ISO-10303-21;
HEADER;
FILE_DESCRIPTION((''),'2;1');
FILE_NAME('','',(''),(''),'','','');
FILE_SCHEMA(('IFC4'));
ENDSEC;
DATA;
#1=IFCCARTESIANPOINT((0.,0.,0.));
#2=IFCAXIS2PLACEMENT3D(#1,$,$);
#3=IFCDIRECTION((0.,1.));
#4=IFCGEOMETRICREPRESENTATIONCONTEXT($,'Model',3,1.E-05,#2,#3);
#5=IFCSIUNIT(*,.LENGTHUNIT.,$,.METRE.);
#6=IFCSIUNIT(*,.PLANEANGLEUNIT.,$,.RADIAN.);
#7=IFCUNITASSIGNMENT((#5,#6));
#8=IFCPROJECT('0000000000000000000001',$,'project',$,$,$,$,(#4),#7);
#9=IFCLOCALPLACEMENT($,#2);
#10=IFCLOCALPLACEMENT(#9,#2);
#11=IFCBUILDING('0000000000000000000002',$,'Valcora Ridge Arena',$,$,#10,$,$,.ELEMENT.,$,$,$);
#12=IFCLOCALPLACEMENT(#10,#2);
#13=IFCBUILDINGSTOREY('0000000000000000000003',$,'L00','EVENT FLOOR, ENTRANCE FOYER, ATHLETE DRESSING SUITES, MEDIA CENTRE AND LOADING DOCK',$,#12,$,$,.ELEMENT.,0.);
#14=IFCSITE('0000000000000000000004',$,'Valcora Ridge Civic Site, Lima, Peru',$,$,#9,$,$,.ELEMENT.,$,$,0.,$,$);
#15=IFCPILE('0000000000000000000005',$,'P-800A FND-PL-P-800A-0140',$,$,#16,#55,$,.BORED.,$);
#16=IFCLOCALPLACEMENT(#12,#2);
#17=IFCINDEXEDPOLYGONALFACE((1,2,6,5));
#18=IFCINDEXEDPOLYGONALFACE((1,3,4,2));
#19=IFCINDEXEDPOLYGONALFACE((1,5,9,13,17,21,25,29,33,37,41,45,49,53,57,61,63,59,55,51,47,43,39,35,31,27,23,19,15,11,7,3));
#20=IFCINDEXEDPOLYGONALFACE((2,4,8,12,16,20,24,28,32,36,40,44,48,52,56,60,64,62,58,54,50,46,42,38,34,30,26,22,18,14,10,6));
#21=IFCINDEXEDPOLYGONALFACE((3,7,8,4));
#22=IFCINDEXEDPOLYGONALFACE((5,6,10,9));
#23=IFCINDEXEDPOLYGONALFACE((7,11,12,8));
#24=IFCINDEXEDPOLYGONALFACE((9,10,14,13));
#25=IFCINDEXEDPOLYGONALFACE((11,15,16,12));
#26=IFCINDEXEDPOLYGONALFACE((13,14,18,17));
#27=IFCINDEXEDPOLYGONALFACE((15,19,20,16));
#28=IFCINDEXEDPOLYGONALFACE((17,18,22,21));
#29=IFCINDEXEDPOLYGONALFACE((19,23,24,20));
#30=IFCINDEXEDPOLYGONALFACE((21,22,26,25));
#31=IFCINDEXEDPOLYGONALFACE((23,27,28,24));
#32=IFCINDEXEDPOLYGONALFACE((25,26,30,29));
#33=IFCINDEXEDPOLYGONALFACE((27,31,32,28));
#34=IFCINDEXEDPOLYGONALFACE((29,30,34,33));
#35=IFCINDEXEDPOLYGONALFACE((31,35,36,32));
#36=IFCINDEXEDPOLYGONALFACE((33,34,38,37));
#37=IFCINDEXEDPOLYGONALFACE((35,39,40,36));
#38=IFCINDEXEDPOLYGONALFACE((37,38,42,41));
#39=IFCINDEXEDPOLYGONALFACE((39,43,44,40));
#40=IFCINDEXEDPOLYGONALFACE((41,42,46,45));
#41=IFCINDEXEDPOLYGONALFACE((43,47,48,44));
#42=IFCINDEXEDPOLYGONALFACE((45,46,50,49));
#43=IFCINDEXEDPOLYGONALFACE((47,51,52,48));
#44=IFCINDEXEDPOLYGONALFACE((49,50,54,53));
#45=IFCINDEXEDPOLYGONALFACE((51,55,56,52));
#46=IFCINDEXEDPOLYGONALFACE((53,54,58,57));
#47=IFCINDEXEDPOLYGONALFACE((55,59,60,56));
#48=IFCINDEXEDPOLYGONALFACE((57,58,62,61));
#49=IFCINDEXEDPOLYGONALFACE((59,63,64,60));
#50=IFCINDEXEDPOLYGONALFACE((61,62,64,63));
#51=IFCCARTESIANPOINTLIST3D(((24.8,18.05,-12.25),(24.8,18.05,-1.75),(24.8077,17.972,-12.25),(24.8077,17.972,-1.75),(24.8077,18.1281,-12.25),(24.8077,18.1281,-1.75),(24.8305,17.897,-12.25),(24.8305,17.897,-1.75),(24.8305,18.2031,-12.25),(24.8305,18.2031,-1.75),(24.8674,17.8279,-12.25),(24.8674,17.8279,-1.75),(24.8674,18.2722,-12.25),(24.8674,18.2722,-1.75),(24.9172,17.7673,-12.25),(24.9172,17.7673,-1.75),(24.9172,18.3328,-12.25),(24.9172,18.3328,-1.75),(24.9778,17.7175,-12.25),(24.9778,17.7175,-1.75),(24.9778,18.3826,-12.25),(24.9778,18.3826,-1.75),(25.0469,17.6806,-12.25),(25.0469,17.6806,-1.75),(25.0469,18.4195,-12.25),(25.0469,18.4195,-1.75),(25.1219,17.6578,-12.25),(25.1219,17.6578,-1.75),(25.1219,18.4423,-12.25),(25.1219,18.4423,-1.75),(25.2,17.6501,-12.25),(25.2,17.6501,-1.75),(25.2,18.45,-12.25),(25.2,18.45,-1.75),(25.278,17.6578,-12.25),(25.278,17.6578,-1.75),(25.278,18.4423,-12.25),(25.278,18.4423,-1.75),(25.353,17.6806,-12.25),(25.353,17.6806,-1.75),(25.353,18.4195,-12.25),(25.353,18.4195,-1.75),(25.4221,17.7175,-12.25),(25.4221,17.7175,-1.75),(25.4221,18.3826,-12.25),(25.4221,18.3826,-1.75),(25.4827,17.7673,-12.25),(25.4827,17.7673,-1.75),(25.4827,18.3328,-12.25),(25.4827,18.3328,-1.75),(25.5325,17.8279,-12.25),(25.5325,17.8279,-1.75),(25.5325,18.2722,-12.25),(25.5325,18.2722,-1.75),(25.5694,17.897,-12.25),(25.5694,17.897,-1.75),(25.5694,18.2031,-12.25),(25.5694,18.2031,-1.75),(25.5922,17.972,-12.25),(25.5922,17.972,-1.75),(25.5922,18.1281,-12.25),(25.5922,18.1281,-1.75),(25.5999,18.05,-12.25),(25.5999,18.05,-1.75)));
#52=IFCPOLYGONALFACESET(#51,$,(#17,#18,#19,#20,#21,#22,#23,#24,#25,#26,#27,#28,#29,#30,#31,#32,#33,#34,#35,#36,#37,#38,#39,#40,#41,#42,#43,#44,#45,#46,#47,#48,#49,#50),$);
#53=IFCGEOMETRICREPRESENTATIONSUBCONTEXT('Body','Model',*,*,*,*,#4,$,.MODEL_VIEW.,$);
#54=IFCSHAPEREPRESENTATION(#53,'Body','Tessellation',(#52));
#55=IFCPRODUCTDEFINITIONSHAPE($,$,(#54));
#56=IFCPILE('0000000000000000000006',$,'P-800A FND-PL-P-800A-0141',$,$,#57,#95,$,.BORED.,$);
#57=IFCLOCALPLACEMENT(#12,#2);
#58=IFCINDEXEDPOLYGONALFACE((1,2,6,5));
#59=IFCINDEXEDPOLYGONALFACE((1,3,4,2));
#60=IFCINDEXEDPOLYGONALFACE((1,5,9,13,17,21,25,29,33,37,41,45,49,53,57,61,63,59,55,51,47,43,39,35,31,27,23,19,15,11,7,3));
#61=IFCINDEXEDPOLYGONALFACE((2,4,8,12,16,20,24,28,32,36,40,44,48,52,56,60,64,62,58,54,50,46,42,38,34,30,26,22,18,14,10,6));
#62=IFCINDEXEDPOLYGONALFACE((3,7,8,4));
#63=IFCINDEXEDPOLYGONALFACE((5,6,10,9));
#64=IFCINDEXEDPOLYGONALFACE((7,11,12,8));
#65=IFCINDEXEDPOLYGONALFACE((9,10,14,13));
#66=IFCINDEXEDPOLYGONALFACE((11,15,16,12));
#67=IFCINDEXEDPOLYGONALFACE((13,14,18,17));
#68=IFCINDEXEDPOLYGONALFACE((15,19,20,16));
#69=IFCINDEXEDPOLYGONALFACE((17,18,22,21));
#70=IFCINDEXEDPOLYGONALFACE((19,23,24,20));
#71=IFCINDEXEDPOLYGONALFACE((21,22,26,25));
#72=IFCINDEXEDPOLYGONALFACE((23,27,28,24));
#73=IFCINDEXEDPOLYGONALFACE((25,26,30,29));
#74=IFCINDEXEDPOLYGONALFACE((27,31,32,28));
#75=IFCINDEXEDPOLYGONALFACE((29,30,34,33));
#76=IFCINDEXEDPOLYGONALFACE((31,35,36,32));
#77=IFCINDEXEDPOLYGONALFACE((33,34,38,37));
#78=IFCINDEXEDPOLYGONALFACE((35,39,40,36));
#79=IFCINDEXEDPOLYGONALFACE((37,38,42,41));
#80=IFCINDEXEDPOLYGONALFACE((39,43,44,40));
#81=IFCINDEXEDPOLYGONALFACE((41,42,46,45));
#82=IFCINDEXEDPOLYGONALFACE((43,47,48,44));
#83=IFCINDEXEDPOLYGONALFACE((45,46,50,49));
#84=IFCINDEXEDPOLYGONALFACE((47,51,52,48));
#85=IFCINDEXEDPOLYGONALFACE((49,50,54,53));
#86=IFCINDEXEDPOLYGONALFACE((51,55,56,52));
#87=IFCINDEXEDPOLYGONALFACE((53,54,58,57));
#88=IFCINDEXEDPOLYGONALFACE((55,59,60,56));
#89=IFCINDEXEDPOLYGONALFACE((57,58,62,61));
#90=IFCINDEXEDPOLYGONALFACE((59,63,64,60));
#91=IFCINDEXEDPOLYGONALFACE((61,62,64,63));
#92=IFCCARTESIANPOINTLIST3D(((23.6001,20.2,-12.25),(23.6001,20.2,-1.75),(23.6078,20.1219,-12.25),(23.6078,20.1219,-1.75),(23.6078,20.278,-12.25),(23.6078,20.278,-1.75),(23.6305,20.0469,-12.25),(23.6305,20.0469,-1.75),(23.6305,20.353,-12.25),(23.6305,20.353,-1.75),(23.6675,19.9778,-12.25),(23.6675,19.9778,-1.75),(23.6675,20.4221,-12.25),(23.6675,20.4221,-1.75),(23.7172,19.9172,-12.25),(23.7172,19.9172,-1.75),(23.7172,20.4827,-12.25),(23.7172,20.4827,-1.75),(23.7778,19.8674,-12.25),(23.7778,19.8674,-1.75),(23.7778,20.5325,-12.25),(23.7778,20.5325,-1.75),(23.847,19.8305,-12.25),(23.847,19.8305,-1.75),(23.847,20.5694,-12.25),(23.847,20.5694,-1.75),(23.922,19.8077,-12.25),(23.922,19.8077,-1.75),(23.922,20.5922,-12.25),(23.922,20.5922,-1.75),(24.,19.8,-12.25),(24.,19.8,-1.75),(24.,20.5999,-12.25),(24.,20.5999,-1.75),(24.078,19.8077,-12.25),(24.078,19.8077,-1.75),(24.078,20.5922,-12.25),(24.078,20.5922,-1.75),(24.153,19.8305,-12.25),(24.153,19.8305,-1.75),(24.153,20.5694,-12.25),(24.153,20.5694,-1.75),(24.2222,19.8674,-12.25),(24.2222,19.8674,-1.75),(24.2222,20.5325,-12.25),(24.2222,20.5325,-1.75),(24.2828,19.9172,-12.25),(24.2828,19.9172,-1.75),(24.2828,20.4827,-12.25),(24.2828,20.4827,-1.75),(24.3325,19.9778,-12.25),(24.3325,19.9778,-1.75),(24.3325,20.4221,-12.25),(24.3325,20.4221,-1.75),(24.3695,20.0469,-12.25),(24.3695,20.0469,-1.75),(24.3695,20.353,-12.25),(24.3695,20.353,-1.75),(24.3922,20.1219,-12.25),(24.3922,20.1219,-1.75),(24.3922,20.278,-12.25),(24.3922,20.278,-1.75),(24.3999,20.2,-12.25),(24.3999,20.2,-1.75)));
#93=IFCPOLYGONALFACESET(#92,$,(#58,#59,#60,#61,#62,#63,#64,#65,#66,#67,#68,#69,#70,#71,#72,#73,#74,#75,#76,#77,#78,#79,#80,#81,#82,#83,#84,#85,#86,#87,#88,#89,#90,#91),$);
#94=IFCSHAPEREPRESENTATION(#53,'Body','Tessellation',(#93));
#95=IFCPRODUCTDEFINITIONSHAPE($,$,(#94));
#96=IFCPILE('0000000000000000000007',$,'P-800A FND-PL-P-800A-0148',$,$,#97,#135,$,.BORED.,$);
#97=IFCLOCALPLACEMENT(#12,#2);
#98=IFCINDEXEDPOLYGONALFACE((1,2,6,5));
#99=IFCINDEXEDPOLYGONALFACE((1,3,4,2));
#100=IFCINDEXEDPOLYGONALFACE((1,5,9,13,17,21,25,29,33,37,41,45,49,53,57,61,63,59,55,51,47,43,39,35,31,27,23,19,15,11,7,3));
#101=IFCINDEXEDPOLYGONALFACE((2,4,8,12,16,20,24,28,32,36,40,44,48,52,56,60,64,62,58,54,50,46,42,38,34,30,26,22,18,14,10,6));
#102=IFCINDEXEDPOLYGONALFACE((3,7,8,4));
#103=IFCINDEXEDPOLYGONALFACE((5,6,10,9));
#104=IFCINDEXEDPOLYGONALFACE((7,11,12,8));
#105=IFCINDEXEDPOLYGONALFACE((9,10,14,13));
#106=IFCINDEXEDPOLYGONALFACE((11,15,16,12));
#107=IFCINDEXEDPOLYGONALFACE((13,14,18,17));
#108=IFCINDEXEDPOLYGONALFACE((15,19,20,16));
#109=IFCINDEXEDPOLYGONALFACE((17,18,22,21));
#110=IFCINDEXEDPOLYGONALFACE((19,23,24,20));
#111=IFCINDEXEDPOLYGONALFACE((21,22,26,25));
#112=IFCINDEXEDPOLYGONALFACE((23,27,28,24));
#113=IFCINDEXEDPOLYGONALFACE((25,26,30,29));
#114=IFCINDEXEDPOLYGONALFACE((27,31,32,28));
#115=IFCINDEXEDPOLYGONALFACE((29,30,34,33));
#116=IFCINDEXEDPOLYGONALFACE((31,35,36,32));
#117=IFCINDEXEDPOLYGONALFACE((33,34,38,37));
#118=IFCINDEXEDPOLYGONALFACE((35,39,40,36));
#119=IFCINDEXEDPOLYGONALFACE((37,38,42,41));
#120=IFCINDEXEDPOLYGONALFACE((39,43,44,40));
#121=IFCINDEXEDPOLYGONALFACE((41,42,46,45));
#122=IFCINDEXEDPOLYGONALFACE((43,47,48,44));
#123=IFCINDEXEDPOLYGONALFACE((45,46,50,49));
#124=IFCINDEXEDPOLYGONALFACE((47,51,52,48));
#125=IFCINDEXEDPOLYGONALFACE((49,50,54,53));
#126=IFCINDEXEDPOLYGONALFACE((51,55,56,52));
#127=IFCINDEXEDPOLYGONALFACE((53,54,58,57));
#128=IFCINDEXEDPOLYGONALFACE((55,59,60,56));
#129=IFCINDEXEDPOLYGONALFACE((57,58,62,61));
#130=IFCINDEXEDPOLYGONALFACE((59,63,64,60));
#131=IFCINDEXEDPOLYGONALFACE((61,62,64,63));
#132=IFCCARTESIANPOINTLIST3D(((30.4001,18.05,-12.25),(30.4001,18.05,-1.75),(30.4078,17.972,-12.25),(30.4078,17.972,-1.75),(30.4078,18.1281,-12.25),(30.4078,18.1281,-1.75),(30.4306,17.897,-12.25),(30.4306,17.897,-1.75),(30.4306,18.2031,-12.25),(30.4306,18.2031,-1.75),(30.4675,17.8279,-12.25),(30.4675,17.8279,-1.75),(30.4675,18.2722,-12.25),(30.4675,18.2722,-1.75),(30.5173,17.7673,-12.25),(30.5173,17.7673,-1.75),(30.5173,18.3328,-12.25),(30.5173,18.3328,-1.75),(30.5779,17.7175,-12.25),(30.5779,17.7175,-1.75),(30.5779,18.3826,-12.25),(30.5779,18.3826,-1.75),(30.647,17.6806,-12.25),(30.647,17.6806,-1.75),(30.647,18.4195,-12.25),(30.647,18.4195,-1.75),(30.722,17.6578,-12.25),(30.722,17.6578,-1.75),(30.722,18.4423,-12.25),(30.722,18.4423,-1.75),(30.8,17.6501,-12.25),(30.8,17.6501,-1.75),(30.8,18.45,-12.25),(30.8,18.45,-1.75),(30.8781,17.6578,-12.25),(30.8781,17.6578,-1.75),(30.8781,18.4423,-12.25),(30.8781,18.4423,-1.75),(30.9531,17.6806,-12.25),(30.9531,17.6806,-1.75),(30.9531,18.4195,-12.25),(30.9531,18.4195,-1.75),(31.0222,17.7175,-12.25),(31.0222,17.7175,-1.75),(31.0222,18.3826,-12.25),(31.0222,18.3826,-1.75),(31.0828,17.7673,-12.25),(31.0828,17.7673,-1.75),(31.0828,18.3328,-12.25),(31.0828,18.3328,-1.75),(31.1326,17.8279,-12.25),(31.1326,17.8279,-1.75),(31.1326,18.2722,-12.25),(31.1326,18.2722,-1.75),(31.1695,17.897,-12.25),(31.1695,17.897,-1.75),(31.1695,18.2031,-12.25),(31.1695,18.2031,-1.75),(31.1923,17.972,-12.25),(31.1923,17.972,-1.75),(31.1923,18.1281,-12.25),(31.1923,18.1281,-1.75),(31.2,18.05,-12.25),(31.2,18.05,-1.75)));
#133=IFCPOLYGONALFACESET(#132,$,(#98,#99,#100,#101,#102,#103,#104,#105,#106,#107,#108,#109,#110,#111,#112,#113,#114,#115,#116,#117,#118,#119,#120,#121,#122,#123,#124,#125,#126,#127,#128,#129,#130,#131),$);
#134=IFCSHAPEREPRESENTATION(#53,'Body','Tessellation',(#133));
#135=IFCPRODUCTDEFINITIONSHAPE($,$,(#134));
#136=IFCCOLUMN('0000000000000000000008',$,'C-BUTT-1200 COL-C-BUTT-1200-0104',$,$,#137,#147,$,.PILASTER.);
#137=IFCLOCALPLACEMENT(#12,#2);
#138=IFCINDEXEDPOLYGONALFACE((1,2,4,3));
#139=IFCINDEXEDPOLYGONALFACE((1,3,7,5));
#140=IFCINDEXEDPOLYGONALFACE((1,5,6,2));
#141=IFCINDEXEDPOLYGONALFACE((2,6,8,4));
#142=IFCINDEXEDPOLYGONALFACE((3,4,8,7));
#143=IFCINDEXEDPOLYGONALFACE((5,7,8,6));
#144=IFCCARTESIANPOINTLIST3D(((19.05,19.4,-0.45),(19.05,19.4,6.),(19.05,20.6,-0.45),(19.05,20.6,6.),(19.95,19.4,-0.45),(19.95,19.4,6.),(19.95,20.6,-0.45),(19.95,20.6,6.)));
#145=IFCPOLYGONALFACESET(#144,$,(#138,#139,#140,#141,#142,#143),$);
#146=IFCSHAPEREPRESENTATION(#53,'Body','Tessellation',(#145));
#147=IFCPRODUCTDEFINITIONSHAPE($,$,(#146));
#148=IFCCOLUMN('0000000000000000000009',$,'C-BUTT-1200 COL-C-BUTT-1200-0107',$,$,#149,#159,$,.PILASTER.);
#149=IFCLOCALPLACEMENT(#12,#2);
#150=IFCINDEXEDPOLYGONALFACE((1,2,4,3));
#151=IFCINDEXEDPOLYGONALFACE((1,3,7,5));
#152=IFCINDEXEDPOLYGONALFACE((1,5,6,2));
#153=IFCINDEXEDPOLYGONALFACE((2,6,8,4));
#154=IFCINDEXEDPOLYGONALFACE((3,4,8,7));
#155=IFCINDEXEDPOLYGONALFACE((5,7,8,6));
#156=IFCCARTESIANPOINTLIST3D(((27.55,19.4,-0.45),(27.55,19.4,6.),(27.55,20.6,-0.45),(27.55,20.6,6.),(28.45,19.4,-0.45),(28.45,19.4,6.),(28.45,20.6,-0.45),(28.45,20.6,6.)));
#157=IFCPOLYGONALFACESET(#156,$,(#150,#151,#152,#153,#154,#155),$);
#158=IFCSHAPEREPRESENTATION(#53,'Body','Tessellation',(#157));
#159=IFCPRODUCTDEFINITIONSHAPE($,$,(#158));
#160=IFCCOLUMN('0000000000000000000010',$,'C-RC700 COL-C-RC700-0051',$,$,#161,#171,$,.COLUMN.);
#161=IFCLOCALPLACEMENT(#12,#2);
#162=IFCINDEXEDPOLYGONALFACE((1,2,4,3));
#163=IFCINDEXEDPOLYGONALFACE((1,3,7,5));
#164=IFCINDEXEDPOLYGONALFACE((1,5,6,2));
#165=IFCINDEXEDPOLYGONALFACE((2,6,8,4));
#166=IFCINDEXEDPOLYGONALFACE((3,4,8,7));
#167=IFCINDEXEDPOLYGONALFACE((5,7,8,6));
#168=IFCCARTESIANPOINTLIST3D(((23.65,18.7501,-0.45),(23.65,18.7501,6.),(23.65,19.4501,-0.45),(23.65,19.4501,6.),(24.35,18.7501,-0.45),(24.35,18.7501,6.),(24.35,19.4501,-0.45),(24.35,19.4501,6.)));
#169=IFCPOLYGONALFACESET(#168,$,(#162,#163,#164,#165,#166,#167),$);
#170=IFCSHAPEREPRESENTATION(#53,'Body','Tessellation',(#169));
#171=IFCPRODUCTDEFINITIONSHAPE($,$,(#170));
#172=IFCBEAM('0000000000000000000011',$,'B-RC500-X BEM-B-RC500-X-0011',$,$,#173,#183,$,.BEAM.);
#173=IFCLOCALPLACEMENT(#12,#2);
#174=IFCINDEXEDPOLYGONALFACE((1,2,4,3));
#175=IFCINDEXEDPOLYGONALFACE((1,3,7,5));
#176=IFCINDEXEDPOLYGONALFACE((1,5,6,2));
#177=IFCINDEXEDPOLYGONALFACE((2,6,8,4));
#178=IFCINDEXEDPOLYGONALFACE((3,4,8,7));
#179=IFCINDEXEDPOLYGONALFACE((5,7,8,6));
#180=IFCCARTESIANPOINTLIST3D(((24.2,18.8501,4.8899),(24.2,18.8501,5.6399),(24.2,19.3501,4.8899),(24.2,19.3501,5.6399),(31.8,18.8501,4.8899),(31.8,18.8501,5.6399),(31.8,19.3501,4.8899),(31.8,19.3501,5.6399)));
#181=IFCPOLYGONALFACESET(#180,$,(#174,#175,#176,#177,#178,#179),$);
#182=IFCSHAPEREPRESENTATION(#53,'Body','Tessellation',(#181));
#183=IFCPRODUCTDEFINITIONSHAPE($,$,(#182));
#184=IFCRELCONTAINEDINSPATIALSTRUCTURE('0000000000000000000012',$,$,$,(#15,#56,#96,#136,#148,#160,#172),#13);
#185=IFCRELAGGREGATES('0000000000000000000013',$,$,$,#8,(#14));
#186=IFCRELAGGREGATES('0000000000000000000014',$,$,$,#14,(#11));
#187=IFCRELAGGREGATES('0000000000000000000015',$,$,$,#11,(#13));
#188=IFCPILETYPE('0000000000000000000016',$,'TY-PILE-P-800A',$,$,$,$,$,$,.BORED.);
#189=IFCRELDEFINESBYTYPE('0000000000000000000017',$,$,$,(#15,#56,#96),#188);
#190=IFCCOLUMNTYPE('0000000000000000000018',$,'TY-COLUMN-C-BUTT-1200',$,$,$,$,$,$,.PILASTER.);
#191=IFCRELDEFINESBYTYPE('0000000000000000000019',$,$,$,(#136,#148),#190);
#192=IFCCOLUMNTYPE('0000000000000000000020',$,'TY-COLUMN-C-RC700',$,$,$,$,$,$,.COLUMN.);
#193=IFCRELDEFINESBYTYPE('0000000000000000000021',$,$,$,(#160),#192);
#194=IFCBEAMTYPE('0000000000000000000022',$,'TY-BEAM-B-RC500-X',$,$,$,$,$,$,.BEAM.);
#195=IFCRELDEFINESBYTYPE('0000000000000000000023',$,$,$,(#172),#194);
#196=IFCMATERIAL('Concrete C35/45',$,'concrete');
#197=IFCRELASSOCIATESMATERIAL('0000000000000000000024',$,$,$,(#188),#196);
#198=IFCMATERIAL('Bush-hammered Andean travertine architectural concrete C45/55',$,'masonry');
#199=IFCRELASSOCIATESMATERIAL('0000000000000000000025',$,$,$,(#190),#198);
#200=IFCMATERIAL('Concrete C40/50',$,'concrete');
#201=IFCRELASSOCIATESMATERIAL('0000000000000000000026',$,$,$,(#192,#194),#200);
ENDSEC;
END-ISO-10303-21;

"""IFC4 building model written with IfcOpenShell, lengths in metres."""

from ifc_helpers import new_model, si_unit, direction, frame, origin, origin_2d, place, context, subcontext, project, spatial, rectangle, circle, extrude, material, material_profile, profile_set, type_object, element, save


model = new_model("IFC4")

# Units and contexts
model_context = context("Model", 3, precision=1e-05, world=origin(), true_north=direction((0.0, 1.0)))
body_context = subcontext(model_context, "Body", "Model", "MODEL_VIEW")
ifc_project = project(units=[si_unit("LENGTHUNIT", "METRE"), si_unit("PLANEANGLEUNIT", "RADIAN")], contexts=[model_context])

# Site, building, storey
site_placement = place(None, origin())
site = spatial("IfcSite", under=ifc_project, at=site_placement, Name="Valcora Ridge Civic Site, Lima, Peru", CompositionType="ELEMENT", RefElevation=0.0)
building_placement = place(site_placement, origin())
building = spatial("IfcBuilding", under=site, at=building_placement, Name="Valcora Ridge Arena", CompositionType="ELEMENT")
storey_placement = place(building_placement, origin())
storey = spatial("IfcBuildingStorey", under=building, at=storey_placement, Name="L00", Description="EVENT FLOOR, ENTRANCE FOYER, ATHLETE DRESSING SUITES, MEDIA CENTRE AND LOADING DOCK", CompositionType="ELEMENT", Elevation=0.0)

# Shared definitions
ifc_material_1 = material(Name="Concrete C40/50", Category="concrete")

# Piles
ifc_material_2 = material(Name="Concrete C35/45", Category="concrete")
ifc_material_profile_1 = material_profile(ifc_material_2, circle(Radius=0.3999, at=origin_2d()), Name="BORED PILE D800")
ifc_profile_set_1 = profile_set([ifc_material_profile_1], Name="Concrete C35/45")
pile_type = type_object("IfcPileType", Name="TY-PILE-P-800A", PredefinedType="BORED", material=ifc_profile_set_1)
for number, where, z_axis, x_axis, name in (
    (1, (25.2, 18.05, -1.75), (0.0, 0.0, -1.0), (1.0, 0.0, 0.0), "P-800A FND-PL-P-800A-0140"),
    (2, (24.0, 20.2, -1.75), (0.0, 0.0, -1.0), (1.0, 0.0, 0.0), "P-800A FND-PL-P-800A-0141"),
    (3, (30.8, 18.05, -1.75), (0.0, 0.0, -1.0), (1.0, 0.0, 0.0), "P-800A FND-PL-P-800A-0148"),
):
    element("IfcPile", number, at=place(storey_placement, frame(where, z_axis=z_axis, x_axis=x_axis)), inside=storey, type_object=pile_type, Name=name, PredefinedType="BORED", context=body_context, shape_type="SweptSolid", body=[
        extrude(circle(Radius=0.3999, at=origin_2d()), origin(), (0.0, 0.0, 1.0), 10.5),
    ])

# Columns
ifc_material_3 = material(Name="Bush-hammered Andean travertine architectural concrete C45/55", Category="masonry")
ifc_material_profile_2 = material_profile(ifc_material_3, rectangle(XDim=0.8999, YDim=1.2, at=origin_2d()), Name="RC 900x1200")
ifc_profile_set_2 = profile_set([ifc_material_profile_2], Name="Bush-hammered Andean travertine architectural concrete C45/55")
column_type_1 = type_object("IfcColumnType", Name="TY-COLUMN-C-BUTT-1200", PredefinedType="PILASTER", material=ifc_profile_set_2)
for number, where, z_axis, x_axis, name in (
    (4, (19.5, 20.0, -0.45), (0.0, 0.0, 1.0), (1.0, 0.0, 0.0), "C-BUTT-1200 COL-C-BUTT-1200-0104"),
    (5, (28.0, 20.0, -0.45), (0.0, 0.0, 1.0), (1.0, 0.0, 0.0), "C-BUTT-1200 COL-C-BUTT-1200-0107"),
):
    element("IfcColumn", number, at=place(storey_placement, frame(where, z_axis=z_axis, x_axis=x_axis)), inside=storey, type_object=column_type_1, Name=name, PredefinedType="PILASTER", context=body_context, shape_type="SweptSolid", body=[
        extrude(rectangle(XDim=0.8999, YDim=1.2, at=origin_2d()), origin(), (0.0, 0.0, 1.0), 6.45),
    ])
ifc_material_profile_3 = material_profile(ifc_material_1, rectangle(XDim=0.7, YDim=0.7, at=origin_2d()), Name="RC 700x700")
ifc_profile_set_3 = profile_set([ifc_material_profile_3], Name="Concrete C40/50")
column_type_2 = type_object("IfcColumnType", Name="TY-COLUMN-C-RC700", PredefinedType="COLUMN", material=ifc_profile_set_3)
column_placement = place(storey_placement, frame((24.0, 19.1001, -0.45), z_axis=(0.0, 0.0, 1.0), x_axis=(1.0, 0.0, 0.0)))
element("IfcColumn", 6, at=column_placement, inside=storey, type_object=column_type_2, Name="C-RC700 COL-C-RC700-0051", PredefinedType="COLUMN", context=body_context, shape_type="SweptSolid", body=[
    extrude(rectangle(XDim=0.7, YDim=0.7, at=origin_2d()), origin(), (0.0, 0.0, 1.0), 6.45),
])

# Beam
ifc_material_profile_4 = material_profile(ifc_material_1, rectangle(XDim=0.5, YDim=0.75, at=origin_2d()), Name="RC 500x750")
ifc_profile_set_4 = profile_set([ifc_material_profile_4], Name="Concrete C40/50")
beam_type = type_object("IfcBeamType", Name="TY-BEAM-B-RC500-X", PredefinedType="BEAM", material=ifc_profile_set_4)
beam_placement = place(storey_placement, frame((24.2, 19.1001, 5.2649), z_axis=(1.0, 0.0, 0.0), x_axis=(0.0, 1.0, 0.0)))
element("IfcBeam", 7, at=beam_placement, inside=storey, type_object=beam_type, Name="B-RC500-X BEM-B-RC500-X-0011", PredefinedType="BEAM", context=body_context, shape_type="SweptSolid", body=[
    extrude(rectangle(XDim=0.5, YDim=0.75, at=origin_2d()), origin(), (0.0, 0.0, 1.0), 7.6001),
])

save(model, "model.ifc")
